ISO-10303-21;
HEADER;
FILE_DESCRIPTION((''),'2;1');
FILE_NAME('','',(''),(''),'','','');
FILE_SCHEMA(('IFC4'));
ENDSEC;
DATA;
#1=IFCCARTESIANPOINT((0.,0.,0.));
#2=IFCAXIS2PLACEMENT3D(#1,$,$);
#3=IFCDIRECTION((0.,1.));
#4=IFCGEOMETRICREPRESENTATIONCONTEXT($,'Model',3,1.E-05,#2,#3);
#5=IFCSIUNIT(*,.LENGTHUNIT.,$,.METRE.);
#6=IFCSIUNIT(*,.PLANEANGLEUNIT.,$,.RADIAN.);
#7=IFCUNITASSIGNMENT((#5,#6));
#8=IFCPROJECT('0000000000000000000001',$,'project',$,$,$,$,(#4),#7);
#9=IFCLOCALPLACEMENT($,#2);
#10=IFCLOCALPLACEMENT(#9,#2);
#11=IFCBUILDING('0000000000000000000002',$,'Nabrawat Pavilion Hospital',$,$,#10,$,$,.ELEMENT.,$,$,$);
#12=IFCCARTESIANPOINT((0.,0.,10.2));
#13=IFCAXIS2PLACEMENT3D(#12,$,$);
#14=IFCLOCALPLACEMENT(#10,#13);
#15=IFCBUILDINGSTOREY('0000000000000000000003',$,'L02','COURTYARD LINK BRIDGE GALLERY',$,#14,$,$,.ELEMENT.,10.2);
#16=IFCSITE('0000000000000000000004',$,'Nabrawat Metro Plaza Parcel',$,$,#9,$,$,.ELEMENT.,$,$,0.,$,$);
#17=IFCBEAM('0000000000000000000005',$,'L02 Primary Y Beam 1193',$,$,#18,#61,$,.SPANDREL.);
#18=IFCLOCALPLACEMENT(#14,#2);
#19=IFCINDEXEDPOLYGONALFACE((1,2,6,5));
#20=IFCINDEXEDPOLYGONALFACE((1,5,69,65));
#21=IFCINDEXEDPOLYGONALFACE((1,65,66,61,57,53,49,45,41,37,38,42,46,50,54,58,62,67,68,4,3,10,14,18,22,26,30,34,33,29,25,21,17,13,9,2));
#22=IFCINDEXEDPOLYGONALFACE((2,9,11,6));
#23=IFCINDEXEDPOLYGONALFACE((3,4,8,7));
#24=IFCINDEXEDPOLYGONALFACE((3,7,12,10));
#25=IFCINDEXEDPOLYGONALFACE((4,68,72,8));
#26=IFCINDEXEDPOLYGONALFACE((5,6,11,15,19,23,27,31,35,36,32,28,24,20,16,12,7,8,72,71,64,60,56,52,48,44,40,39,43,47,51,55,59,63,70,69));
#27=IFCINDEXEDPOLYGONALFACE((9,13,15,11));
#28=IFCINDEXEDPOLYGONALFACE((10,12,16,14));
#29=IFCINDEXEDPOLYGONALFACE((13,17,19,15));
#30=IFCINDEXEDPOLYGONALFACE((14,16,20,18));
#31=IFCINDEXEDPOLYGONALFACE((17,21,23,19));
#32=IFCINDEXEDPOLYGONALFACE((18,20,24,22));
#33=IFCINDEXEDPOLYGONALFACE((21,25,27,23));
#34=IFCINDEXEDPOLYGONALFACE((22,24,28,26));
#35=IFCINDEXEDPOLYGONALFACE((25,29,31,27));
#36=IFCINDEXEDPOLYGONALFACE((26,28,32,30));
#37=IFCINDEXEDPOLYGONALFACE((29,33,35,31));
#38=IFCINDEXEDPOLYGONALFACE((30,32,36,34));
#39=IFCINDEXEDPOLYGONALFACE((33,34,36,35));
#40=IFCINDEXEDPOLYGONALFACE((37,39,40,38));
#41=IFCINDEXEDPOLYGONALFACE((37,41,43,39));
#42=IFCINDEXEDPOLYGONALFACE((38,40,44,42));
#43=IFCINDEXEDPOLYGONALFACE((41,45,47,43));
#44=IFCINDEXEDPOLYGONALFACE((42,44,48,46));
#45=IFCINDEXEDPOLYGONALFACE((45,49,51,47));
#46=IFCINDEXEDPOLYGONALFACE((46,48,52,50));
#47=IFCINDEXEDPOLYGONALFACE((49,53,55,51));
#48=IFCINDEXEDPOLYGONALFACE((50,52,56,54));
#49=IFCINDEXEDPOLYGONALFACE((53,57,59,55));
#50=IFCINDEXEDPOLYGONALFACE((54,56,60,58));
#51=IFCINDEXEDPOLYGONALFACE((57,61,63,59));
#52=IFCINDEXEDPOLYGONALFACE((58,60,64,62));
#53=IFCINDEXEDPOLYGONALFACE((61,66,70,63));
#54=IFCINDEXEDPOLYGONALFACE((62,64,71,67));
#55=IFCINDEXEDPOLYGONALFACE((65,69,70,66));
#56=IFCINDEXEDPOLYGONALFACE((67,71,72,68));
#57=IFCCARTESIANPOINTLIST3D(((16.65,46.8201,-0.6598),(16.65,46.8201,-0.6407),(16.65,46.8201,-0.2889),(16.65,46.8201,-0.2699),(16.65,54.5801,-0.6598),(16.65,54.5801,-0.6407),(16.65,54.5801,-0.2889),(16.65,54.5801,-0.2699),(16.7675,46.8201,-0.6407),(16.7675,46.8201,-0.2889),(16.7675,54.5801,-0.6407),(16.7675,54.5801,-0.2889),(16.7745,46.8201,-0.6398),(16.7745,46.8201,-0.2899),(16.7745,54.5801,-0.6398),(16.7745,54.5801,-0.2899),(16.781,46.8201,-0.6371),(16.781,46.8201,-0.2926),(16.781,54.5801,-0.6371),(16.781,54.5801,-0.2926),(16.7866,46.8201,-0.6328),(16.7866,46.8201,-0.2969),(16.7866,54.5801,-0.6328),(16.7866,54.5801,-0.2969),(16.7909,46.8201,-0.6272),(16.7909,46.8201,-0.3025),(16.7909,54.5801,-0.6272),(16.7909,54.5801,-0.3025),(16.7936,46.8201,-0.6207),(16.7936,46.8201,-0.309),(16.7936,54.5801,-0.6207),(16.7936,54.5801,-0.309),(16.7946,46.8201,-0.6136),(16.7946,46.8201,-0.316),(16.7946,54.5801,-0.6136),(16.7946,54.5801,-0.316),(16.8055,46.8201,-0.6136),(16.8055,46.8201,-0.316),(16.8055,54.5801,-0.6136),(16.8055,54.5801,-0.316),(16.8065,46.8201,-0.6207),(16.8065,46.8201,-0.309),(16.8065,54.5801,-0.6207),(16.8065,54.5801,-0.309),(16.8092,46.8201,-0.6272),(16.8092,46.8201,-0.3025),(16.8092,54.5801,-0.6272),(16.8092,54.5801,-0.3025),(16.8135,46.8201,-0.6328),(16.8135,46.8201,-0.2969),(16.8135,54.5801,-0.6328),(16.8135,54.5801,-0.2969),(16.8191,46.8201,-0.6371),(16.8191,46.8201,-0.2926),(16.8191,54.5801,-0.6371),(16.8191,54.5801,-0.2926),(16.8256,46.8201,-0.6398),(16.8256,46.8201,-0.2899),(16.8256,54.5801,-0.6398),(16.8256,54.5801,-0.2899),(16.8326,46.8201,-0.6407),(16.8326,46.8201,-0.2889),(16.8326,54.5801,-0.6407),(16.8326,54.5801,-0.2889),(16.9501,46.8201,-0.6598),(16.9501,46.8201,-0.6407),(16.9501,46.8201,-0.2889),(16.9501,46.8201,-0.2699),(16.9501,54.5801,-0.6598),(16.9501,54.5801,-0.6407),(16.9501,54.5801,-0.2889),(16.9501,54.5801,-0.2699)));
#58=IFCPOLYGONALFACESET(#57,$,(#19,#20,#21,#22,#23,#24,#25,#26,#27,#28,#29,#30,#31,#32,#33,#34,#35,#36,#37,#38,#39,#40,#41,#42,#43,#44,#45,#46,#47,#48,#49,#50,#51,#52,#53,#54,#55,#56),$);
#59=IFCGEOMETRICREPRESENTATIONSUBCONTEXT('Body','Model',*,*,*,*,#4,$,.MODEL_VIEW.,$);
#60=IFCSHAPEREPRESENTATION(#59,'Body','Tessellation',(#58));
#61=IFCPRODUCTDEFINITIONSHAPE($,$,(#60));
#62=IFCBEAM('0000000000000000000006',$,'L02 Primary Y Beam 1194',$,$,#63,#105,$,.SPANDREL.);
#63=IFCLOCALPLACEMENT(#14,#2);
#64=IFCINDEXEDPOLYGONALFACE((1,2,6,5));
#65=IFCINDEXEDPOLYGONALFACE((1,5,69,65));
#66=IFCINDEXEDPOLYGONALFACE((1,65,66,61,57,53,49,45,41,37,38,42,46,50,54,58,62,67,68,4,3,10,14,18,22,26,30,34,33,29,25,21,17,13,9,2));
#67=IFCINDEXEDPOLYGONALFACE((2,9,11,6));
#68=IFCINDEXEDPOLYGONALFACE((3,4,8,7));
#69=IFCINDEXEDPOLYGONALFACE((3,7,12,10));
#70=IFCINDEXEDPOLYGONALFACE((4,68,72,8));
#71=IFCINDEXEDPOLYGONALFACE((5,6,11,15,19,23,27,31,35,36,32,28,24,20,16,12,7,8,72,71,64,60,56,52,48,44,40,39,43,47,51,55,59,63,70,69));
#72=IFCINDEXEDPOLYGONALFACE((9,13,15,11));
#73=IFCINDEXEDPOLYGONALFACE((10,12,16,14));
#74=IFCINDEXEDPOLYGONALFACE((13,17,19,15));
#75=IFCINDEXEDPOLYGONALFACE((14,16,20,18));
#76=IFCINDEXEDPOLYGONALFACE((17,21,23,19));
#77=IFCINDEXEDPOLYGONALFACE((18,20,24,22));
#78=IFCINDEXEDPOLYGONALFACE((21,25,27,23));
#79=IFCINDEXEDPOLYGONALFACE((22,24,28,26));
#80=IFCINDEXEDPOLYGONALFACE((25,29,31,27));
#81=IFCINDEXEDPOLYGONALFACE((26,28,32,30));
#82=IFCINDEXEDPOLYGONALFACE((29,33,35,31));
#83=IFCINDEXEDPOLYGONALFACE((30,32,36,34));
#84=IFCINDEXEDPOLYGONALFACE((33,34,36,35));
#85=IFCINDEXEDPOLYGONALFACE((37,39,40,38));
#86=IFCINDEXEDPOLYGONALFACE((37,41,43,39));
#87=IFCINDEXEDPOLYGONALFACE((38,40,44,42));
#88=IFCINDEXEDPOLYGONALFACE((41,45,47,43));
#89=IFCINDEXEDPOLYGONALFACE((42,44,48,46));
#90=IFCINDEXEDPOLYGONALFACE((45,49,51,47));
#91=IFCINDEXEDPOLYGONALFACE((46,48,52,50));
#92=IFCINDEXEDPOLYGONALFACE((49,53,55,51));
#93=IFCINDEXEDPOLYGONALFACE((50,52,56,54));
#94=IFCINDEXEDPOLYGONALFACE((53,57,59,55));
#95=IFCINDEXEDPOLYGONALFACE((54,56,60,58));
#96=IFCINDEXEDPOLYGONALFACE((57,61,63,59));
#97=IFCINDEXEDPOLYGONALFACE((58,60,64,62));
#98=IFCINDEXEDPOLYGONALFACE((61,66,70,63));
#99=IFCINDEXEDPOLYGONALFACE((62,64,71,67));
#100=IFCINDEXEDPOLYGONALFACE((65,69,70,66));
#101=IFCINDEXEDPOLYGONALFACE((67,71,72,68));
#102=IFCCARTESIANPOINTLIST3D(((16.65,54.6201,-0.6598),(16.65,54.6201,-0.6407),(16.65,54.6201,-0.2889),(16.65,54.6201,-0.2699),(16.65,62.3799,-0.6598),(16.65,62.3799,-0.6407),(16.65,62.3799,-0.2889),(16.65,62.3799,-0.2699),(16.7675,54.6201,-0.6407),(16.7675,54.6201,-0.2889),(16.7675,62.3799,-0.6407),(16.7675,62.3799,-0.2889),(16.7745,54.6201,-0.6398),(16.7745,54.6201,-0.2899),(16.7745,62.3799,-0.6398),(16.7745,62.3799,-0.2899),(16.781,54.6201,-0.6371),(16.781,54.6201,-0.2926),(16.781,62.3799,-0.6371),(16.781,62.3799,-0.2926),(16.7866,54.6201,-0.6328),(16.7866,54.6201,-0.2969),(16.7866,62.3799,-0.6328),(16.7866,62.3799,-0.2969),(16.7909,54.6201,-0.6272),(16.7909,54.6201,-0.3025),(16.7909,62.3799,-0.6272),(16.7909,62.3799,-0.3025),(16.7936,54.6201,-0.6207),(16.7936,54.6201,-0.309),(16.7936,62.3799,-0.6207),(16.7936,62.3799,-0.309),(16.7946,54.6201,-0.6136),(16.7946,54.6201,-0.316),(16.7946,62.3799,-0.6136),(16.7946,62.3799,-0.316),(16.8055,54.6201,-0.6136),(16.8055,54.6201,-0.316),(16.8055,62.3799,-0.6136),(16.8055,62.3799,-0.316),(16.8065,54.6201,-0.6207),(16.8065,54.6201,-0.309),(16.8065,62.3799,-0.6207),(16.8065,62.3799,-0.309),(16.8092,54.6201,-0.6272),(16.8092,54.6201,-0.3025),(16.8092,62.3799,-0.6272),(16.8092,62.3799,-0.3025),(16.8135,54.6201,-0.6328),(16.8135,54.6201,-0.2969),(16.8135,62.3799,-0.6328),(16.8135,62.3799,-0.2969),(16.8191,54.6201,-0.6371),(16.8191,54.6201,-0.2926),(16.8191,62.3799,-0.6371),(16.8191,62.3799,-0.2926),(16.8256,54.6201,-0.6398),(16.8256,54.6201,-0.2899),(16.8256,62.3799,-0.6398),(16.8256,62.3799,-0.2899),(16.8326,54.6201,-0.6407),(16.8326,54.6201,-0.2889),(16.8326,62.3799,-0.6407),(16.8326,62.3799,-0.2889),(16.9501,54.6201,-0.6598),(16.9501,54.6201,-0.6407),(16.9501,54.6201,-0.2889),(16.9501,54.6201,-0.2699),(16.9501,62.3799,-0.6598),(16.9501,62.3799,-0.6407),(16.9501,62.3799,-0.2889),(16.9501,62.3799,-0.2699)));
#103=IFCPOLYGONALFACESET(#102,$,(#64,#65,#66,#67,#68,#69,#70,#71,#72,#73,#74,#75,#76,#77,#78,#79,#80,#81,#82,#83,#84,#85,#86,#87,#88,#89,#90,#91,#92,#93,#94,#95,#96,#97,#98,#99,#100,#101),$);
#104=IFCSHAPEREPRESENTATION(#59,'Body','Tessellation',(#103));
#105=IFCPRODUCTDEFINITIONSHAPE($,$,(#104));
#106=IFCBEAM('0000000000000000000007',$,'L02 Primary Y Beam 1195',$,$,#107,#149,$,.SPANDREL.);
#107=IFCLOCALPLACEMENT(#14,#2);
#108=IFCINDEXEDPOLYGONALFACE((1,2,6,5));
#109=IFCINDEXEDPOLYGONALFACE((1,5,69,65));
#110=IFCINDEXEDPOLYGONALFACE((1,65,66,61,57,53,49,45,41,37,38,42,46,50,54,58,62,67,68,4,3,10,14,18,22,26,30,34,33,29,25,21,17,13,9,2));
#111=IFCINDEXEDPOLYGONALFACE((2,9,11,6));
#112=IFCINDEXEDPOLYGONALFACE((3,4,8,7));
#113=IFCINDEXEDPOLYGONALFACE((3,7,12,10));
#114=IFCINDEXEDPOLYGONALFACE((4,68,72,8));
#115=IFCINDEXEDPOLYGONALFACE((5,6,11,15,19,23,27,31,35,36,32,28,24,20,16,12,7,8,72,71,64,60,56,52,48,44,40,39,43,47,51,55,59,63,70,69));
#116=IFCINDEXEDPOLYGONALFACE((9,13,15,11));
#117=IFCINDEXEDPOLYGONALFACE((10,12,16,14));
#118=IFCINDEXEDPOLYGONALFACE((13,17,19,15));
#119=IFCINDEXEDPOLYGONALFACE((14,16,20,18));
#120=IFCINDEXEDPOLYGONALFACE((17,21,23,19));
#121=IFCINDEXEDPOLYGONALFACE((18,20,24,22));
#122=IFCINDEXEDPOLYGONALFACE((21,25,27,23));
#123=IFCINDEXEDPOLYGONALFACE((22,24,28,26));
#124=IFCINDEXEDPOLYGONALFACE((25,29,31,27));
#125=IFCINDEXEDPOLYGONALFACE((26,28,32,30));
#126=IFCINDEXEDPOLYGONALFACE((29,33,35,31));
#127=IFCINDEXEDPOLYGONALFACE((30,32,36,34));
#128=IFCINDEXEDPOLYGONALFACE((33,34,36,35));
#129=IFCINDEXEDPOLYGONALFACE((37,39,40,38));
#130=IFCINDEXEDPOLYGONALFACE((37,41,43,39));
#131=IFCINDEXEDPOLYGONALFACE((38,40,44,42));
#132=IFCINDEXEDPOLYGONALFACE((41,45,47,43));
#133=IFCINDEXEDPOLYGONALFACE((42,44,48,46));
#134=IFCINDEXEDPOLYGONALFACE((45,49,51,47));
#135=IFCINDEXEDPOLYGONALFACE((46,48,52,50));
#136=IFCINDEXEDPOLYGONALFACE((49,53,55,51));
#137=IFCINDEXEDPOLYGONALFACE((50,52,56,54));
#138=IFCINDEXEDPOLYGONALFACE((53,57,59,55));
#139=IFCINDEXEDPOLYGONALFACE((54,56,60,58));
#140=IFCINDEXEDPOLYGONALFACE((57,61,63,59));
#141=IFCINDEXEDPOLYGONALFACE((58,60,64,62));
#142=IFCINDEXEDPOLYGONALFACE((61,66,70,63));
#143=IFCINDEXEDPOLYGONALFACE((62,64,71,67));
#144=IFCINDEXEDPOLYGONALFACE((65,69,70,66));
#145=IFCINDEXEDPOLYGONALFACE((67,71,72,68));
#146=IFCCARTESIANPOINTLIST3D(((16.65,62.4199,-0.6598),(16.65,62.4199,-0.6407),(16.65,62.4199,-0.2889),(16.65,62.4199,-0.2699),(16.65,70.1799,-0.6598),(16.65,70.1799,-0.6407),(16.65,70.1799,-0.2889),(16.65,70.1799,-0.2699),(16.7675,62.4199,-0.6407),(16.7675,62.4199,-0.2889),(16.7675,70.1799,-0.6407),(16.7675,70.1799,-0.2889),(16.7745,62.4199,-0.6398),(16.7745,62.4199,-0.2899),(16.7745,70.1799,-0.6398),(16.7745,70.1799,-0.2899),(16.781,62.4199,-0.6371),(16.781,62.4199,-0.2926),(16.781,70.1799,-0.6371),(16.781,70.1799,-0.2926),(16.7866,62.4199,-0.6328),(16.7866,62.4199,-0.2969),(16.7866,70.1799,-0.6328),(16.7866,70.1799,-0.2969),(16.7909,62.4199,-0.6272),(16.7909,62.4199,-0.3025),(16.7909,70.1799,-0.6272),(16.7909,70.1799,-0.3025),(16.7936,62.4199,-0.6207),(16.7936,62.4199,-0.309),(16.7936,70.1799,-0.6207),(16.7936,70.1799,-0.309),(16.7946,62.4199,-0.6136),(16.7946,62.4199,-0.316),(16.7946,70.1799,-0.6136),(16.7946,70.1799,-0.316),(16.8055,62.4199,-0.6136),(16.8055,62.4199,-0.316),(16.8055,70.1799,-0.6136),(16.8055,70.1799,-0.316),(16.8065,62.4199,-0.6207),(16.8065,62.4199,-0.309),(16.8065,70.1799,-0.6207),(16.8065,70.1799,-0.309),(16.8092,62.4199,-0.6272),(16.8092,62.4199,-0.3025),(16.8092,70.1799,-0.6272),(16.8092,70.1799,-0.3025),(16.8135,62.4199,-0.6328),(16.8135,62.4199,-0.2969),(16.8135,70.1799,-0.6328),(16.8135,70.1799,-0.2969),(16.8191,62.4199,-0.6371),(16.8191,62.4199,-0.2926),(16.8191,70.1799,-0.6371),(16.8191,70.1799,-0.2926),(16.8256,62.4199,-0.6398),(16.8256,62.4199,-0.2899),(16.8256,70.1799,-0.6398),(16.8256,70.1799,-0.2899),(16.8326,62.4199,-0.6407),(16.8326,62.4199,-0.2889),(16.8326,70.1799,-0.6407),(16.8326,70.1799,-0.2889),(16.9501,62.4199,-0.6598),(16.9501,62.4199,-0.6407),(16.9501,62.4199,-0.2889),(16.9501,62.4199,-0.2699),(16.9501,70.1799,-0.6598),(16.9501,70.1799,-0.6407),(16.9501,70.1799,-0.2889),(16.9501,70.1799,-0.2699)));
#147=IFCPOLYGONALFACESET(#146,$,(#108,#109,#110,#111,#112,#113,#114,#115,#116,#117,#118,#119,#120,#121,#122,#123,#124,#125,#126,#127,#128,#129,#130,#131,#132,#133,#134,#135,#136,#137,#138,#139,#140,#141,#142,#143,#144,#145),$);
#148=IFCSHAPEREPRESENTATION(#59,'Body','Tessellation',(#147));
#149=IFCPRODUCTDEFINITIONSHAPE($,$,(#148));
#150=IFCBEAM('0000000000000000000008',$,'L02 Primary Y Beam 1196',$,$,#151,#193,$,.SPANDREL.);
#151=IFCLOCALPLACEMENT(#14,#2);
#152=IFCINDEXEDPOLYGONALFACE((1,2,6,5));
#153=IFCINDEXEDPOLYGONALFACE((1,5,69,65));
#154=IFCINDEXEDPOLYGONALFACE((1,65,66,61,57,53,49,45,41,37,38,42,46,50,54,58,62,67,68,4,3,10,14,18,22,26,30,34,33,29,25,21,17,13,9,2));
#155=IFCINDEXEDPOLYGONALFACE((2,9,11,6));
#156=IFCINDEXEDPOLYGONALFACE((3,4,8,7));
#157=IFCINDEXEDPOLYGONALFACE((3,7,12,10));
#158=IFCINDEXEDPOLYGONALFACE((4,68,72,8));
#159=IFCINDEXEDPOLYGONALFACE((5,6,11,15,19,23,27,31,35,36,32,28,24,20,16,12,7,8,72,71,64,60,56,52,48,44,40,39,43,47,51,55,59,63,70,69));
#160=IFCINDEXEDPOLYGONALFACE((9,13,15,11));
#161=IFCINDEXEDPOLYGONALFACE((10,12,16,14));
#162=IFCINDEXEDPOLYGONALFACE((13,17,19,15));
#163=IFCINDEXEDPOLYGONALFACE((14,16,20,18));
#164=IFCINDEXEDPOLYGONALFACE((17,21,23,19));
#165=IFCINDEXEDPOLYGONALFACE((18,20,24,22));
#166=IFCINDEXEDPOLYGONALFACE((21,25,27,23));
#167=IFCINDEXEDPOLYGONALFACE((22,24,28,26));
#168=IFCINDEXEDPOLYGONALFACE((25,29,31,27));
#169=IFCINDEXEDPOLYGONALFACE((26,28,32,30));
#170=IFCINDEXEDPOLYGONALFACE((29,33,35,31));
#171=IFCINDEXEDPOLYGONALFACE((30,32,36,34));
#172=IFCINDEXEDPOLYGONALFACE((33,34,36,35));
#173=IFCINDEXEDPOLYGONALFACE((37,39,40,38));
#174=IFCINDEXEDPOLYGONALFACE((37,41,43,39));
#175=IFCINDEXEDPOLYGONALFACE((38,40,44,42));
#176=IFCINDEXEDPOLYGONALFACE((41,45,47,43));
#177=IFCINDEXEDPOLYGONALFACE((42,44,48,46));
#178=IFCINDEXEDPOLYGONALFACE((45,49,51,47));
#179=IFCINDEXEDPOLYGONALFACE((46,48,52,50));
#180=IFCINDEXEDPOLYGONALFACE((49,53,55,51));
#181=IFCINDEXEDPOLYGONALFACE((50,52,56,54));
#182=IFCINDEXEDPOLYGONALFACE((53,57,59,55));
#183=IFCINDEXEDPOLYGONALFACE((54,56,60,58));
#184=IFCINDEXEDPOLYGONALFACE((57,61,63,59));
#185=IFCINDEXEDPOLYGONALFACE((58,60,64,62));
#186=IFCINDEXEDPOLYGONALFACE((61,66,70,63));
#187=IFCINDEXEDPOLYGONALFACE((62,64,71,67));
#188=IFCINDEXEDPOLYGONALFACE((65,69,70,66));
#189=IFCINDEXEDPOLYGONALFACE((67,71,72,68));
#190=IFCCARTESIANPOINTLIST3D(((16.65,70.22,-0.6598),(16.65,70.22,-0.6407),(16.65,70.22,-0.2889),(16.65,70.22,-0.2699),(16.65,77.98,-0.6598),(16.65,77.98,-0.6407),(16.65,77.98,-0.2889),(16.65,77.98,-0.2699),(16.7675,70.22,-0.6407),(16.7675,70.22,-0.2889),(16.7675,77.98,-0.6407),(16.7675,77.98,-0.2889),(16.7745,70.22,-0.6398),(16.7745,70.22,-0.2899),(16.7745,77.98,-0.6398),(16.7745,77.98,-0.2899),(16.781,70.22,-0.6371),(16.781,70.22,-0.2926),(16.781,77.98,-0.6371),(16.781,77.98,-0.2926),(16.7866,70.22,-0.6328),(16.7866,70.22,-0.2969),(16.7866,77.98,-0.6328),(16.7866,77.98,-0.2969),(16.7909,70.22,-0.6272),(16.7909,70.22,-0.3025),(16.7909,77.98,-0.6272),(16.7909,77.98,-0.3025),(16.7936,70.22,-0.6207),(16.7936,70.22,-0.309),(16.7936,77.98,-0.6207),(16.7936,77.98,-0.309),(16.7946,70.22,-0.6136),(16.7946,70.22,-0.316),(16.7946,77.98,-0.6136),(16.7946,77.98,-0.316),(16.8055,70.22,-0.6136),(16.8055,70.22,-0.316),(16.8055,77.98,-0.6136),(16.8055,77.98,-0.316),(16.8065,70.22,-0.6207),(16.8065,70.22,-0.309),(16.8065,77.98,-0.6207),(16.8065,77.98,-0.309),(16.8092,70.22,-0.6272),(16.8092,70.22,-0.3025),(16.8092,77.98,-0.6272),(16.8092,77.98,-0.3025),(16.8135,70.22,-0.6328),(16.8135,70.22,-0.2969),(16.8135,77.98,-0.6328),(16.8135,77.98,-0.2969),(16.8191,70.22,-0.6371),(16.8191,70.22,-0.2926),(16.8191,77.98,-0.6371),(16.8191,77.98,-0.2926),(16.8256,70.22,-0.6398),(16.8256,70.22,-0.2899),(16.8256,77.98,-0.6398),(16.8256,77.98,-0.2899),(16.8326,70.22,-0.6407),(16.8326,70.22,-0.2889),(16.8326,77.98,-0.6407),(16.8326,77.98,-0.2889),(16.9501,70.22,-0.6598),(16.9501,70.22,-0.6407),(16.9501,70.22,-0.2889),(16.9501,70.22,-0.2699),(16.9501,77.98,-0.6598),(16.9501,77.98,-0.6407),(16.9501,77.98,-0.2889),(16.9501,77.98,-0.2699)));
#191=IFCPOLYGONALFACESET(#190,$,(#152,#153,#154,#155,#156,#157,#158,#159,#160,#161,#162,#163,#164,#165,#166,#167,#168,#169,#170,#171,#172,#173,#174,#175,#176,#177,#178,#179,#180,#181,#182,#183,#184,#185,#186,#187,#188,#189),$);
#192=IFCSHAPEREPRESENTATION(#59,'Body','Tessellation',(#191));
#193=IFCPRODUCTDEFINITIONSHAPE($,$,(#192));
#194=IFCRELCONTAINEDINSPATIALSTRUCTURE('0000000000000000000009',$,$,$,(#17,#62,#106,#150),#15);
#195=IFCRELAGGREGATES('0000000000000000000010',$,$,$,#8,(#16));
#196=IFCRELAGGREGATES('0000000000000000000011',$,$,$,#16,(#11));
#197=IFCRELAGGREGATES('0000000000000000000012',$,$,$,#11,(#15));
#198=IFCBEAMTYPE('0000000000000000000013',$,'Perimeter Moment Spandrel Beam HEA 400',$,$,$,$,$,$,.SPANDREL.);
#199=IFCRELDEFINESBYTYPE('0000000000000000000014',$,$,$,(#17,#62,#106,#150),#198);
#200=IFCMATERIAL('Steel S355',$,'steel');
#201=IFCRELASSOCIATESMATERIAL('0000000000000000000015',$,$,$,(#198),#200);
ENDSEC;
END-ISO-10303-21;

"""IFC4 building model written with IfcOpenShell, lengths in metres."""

from ifc_helpers import new_model, si_unit, direction, frame, origin, origin_2d, place, context, subcontext, project, spatial, i_section, extrude, material, material_profile, profile_set, type_object, element, save


model = new_model("IFC4")

# Units and contexts
model_context = context("Model", 3, precision=1e-05, world=origin(), true_north=direction((0.0, 1.0)))
body_context = subcontext(model_context, "Body", "Model", "MODEL_VIEW")
ifc_project = project(units=[si_unit("LENGTHUNIT", "METRE"), si_unit("PLANEANGLEUNIT", "RADIAN")], contexts=[model_context])

# Site, building, storey
site_placement = place(None, origin())
site = spatial("IfcSite", under=ifc_project, at=site_placement, Name="Nabrawat Metro Plaza Parcel", CompositionType="ELEMENT", RefElevation=0.0)
building_placement = place(site_placement, origin())
building = spatial("IfcBuilding", under=site, at=building_placement, Name="Nabrawat Pavilion Hospital", CompositionType="ELEMENT")
storey_placement = place(building_placement, frame((0.0, 0.0, 10.2)))
storey = spatial("IfcBuildingStorey", under=building, at=storey_placement, Name="L02", Description="COURTYARD LINK BRIDGE GALLERY", CompositionType="ELEMENT", Elevation=10.2)

# Shared definitions
ifc_material = material(Name="Steel S355", Category="steel")

# Beams
ifc_material_profile_1 = material_profile(ifc_material, i_section(OverallWidth=0.3, OverallDepth=0.3899, WebThickness=0.011, FlangeThickness=0.019, FilletRadius=0.0271, at=origin_2d()), Name="HEA 400")
ifc_profile_set_1 = profile_set([ifc_material_profile_1], Name="Steel S355")
beam_type_1 = type_object("IfcBeamType", Name="Perimeter Moment Spandrel Beam HEA 400", PredefinedType="SPANDREL", material=ifc_profile_set_1)
for number, where, z_axis, x_axis, name in (
    (1, (16.8, 46.8201, -0.4648), (0.0, 1.0, 0.0), (-1.0, 0.0, 0.0), "L02 Primary Y Beam 1193"),
):
    element("IfcBeam", number, at=place(storey_placement, frame(where, z_axis=z_axis, x_axis=x_axis)), inside=storey, type_object=beam_type_1, Name=name, PredefinedType="SPANDREL", context=body_context, shape_type="SweptSolid", body=[
        extrude(i_section(OverallWidth=0.3, OverallDepth=0.3899, WebThickness=0.011, FlangeThickness=0.019, FilletRadius=0.0271, at=origin_2d()), origin(), (0.0, 0.0, 1.0), 7.76),
    ])
beam_1_placement = place(storey_placement, frame((16.8, 54.6201, -0.4648), z_axis=(0.0, 1.0, 0.0), x_axis=(-1.0, 0.0, 0.0)))
element("IfcBeam", 2, at=beam_1_placement, inside=storey, type_object=beam_type_1, Name="L02 Primary Y Beam 1194", PredefinedType="SPANDREL", context=body_context, shape_type="SweptSolid", body=[
    extrude(i_section(OverallWidth=0.3, OverallDepth=0.3899, WebThickness=0.011, FlangeThickness=0.019, FilletRadius=0.0271, at=origin_2d()), origin(), (0.0, 0.0, 1.0), 7.7598),
])
for number, where, z_axis, x_axis, name in (
    (3, (16.8, 62.4199, -0.4648), (0.0, 1.0, 0.0), (-1.0, 0.0, 0.0), "L02 Primary Y Beam 1195"),
    (4, (16.8, 70.22, -0.4648), (0.0, 1.0, 0.0), (-1.0, 0.0, 0.0), "L02 Primary Y Beam 1196"),
):
    element("IfcBeam", number, at=place(storey_placement, frame(where, z_axis=z_axis, x_axis=x_axis)), inside=storey, type_object=beam_type_1, Name=name, PredefinedType="SPANDREL", context=body_context, shape_type="SweptSolid", body=[
        extrude(i_section(OverallWidth=0.3, OverallDepth=0.3899, WebThickness=0.011, FlangeThickness=0.019, FilletRadius=0.0271, at=origin_2d()), origin(), (0.0, 0.0, 1.0), 7.76),
    ])

save(model, "model.ifc")
